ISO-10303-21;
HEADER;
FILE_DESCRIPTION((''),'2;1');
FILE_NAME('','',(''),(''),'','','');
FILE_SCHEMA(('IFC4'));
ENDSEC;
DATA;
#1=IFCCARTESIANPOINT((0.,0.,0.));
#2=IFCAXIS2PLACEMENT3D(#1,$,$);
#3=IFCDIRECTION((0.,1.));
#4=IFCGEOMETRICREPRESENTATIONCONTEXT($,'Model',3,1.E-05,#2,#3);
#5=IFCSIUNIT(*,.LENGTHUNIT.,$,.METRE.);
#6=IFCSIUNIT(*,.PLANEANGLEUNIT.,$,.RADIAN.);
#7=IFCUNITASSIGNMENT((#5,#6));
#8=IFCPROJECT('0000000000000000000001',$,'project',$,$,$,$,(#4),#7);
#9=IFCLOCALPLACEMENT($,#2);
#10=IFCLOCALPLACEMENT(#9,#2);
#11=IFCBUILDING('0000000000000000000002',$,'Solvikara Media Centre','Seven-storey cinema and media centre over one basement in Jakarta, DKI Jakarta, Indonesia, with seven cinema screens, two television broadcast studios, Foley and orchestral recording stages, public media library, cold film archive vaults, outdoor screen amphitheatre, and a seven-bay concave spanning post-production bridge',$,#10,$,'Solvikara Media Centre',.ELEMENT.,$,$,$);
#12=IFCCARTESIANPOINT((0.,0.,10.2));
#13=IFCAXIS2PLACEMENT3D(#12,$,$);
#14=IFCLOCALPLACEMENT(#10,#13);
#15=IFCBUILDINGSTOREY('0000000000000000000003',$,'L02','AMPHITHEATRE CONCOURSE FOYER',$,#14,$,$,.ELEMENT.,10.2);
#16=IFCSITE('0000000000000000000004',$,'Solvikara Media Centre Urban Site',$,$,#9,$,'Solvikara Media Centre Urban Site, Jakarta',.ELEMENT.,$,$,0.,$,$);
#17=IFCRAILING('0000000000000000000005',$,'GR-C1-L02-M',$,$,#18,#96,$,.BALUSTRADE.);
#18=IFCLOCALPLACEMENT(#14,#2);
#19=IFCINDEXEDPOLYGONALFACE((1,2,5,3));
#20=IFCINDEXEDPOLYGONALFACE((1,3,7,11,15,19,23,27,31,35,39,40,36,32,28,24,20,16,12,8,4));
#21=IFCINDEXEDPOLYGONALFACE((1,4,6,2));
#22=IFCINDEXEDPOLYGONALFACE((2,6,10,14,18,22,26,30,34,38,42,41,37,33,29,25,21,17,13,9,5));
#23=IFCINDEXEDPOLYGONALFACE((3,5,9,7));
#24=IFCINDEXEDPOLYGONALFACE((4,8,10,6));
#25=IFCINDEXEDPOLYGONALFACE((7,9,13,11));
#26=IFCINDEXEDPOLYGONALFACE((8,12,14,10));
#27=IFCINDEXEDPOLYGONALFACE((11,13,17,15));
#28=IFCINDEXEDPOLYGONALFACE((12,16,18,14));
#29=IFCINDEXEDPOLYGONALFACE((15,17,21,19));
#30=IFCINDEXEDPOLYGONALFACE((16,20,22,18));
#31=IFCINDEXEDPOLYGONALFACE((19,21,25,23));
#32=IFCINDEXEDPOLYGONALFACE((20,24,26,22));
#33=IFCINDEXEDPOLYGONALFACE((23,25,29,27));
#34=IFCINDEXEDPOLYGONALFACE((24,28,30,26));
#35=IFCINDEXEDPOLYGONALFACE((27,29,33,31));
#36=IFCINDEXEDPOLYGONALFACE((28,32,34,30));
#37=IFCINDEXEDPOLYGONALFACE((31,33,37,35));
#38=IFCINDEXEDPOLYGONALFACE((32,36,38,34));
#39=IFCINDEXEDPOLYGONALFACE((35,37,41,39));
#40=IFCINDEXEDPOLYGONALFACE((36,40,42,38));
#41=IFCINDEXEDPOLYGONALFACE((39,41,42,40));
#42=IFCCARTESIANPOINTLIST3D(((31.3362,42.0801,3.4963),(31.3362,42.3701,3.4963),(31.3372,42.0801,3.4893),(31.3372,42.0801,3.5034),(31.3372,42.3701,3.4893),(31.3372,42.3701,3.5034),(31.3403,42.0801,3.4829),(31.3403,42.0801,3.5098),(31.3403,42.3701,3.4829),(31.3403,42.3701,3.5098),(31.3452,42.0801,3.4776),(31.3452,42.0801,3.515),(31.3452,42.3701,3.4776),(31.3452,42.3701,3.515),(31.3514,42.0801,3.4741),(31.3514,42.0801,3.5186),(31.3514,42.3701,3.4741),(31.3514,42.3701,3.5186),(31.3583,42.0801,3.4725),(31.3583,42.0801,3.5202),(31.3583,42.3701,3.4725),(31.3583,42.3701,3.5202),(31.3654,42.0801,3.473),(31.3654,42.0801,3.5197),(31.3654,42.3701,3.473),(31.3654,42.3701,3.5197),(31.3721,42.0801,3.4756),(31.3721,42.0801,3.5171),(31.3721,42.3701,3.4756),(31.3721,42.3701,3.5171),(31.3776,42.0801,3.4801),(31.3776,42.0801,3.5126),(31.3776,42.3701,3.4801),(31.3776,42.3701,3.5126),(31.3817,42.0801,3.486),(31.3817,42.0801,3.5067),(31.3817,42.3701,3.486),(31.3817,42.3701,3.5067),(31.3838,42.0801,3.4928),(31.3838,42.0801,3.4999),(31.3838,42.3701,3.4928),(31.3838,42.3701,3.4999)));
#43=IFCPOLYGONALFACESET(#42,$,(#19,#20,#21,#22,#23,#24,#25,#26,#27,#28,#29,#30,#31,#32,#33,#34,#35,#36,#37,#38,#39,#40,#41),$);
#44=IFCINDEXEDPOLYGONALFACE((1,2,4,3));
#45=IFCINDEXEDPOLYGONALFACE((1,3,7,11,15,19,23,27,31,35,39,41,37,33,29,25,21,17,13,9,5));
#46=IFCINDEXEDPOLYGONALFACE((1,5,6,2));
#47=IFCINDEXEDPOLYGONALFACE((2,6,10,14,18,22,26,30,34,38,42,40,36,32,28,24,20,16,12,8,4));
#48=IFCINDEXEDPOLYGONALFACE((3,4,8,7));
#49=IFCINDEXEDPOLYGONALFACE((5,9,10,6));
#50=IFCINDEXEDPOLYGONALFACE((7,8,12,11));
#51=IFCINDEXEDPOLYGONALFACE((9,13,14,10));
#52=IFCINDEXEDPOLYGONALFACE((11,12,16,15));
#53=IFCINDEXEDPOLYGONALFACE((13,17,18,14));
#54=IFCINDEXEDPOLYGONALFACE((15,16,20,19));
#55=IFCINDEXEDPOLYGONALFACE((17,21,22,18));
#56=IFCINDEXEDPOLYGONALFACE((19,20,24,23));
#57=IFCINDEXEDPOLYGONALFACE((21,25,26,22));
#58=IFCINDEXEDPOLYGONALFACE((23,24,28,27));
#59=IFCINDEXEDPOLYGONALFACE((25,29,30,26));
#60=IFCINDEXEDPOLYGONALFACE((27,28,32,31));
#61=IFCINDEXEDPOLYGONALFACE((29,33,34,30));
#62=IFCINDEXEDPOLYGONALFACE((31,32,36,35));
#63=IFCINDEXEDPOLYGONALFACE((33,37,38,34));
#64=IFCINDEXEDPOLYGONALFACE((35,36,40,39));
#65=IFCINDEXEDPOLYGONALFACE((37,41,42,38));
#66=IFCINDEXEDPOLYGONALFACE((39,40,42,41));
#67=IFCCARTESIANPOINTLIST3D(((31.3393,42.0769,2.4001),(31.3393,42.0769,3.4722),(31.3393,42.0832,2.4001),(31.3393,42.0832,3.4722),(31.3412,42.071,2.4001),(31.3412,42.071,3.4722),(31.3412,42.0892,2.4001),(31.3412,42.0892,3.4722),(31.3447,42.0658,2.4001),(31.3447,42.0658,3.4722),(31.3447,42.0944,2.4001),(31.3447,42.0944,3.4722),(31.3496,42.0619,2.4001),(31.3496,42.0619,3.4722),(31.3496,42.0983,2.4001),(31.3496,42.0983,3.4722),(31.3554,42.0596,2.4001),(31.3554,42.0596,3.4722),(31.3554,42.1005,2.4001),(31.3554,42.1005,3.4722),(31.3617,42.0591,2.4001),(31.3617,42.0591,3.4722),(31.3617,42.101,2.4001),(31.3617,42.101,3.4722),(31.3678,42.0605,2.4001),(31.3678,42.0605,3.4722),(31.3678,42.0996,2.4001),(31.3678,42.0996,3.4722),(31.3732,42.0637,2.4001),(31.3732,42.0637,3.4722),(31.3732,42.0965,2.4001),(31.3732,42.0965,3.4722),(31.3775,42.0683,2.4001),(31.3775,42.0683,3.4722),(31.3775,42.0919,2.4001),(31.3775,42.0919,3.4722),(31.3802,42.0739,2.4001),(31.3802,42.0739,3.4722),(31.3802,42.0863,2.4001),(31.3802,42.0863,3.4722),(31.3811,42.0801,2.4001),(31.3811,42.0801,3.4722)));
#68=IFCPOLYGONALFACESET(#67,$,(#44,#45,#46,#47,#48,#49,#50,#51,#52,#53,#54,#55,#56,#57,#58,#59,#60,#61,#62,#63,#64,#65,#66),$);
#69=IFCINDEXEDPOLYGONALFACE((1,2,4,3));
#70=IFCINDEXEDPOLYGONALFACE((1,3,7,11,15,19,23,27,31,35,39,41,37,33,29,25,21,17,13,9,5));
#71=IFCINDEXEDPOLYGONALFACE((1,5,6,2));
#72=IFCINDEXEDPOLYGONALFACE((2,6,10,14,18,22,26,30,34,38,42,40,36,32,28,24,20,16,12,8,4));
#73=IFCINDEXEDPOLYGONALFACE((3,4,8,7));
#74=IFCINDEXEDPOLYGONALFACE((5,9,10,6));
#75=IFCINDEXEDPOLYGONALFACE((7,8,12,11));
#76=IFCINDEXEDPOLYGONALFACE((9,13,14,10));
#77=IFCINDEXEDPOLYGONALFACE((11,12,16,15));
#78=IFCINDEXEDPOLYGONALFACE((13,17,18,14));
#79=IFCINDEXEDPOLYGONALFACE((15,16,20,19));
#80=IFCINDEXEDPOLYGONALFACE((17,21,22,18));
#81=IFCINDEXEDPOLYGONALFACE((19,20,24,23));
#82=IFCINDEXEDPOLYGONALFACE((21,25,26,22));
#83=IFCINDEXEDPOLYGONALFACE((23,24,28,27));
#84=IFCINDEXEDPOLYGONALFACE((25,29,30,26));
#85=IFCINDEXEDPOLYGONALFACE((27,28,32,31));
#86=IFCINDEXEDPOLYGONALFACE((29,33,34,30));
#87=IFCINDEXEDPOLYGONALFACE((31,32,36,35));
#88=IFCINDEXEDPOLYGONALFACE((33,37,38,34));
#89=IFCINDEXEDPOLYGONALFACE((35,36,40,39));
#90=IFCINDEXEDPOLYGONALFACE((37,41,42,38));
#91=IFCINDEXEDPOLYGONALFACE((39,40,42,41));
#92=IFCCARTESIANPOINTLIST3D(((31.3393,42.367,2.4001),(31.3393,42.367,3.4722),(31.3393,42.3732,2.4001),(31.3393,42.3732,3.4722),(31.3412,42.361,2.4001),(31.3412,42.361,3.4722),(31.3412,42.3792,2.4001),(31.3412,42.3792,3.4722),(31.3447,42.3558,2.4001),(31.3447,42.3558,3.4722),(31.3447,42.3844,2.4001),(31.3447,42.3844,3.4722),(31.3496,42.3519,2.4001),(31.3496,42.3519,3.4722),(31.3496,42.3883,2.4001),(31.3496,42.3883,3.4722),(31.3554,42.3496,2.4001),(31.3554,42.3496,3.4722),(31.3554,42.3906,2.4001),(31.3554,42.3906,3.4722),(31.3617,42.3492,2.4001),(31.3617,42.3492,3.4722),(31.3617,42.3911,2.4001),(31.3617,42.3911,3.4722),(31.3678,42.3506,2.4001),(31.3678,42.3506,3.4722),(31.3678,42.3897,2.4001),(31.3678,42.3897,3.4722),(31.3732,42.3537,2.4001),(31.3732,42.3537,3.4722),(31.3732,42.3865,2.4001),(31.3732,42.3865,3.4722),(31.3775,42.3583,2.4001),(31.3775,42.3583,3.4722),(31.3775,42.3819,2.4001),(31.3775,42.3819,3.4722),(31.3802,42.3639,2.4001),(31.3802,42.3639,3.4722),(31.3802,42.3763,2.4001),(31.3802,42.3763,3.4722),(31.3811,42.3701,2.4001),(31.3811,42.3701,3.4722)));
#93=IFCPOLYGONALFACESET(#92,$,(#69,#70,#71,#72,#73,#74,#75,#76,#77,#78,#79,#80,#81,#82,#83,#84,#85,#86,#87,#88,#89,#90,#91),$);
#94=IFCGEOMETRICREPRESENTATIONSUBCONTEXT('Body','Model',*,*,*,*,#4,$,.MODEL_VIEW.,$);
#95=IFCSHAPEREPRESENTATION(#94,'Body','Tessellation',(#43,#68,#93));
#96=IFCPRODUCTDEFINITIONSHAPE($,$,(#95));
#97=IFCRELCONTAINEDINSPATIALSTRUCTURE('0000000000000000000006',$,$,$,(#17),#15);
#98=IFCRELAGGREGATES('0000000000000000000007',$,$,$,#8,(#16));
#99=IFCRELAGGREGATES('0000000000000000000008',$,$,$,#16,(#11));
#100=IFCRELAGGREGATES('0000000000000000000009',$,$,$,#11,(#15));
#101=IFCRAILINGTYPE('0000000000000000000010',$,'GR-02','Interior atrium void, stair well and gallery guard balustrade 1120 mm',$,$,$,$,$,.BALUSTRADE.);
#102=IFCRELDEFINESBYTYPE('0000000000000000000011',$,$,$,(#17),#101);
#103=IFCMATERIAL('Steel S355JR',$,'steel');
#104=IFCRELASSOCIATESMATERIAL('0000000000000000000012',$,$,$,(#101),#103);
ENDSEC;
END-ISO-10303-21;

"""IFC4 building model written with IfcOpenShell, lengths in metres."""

from ifc_helpers import new_model, si_unit, direction, frame, origin, origin_2d, place, context, subcontext, project, spatial, circle, extrude, material, type_object, element, save


model = new_model("IFC4")

# Units and contexts
model_context = context("Model", 3, precision=1e-05, world=origin(), true_north=direction((0.0, 1.0)))
body_context = subcontext(model_context, "Body", "Model", "MODEL_VIEW")
ifc_project = project(units=[si_unit("LENGTHUNIT", "METRE"), si_unit("PLANEANGLEUNIT", "RADIAN")], contexts=[model_context])

# Site, building, storey
site_placement = place(None, origin())
site = spatial("IfcSite", under=ifc_project, at=site_placement, Name="Solvikara Media Centre Urban Site", LongName="Solvikara Media Centre Urban Site, Jakarta", CompositionType="ELEMENT", RefElevation=0.0)
building_placement = place(site_placement, origin())
building = spatial("IfcBuilding", under=site, at=building_placement, Name="Solvikara Media Centre", Description="Seven-storey cinema and media centre over one basement in Jakarta, DKI Jakarta, Indonesia, with seven cinema screens, two television broadcast studios, Foley and orchestral recording stages, public media library, cold film archive vaults, outdoor screen amphitheatre, and a seven-bay concave spanning post-production bridge", LongName="Solvikara Media Centre", CompositionType="ELEMENT")
storey_placement = place(building_placement, frame((0.0, 0.0, 10.2)))
storey = spatial("IfcBuildingStorey", under=building, at=storey_placement, Name="L02", Description="AMPHITHEATRE CONCOURSE FOYER", CompositionType="ELEMENT", Elevation=10.2)

# Shared definitions
ifc_material_1 = material(Name="Steel S355JR", Category="steel")

# Railing
railing_type_1 = type_object("IfcRailingType", Name="GR-02", Description="Interior atrium void, stair well and gallery guard balustrade 1120 mm", PredefinedType="BALUSTRADE", material=ifc_material_1)
railing_1_placement = place(storey_placement, frame((31.3601, 42.0801, 2.4001)))
element("IfcRailing", 1, at=railing_1_placement, inside=storey, type_object=railing_type_1, Name="GR-C1-L02-M", PredefinedType="BALUSTRADE", context=body_context, shape_type="SweptSolid", body=[
    extrude(circle(Radius=0.0239, at=origin_2d()), frame((0.0, 0.0, 1.0962), z_axis=(0.0, 1.0, 0.0), x_axis=(-1.0, 0.0, 0.0)), (0.0, 0.0, 1.0), 0.29),
    extrude(circle(Radius=0.021, at=origin_2d()), origin(), (0.0, 0.0, 1.0), 1.072),
    extrude(circle(Radius=0.021, at=origin_2d()), frame((0.0, 0.29, 0.0)), (0.0, 0.0, 1.0), 1.072),
])

save(model, "model.ifc")
